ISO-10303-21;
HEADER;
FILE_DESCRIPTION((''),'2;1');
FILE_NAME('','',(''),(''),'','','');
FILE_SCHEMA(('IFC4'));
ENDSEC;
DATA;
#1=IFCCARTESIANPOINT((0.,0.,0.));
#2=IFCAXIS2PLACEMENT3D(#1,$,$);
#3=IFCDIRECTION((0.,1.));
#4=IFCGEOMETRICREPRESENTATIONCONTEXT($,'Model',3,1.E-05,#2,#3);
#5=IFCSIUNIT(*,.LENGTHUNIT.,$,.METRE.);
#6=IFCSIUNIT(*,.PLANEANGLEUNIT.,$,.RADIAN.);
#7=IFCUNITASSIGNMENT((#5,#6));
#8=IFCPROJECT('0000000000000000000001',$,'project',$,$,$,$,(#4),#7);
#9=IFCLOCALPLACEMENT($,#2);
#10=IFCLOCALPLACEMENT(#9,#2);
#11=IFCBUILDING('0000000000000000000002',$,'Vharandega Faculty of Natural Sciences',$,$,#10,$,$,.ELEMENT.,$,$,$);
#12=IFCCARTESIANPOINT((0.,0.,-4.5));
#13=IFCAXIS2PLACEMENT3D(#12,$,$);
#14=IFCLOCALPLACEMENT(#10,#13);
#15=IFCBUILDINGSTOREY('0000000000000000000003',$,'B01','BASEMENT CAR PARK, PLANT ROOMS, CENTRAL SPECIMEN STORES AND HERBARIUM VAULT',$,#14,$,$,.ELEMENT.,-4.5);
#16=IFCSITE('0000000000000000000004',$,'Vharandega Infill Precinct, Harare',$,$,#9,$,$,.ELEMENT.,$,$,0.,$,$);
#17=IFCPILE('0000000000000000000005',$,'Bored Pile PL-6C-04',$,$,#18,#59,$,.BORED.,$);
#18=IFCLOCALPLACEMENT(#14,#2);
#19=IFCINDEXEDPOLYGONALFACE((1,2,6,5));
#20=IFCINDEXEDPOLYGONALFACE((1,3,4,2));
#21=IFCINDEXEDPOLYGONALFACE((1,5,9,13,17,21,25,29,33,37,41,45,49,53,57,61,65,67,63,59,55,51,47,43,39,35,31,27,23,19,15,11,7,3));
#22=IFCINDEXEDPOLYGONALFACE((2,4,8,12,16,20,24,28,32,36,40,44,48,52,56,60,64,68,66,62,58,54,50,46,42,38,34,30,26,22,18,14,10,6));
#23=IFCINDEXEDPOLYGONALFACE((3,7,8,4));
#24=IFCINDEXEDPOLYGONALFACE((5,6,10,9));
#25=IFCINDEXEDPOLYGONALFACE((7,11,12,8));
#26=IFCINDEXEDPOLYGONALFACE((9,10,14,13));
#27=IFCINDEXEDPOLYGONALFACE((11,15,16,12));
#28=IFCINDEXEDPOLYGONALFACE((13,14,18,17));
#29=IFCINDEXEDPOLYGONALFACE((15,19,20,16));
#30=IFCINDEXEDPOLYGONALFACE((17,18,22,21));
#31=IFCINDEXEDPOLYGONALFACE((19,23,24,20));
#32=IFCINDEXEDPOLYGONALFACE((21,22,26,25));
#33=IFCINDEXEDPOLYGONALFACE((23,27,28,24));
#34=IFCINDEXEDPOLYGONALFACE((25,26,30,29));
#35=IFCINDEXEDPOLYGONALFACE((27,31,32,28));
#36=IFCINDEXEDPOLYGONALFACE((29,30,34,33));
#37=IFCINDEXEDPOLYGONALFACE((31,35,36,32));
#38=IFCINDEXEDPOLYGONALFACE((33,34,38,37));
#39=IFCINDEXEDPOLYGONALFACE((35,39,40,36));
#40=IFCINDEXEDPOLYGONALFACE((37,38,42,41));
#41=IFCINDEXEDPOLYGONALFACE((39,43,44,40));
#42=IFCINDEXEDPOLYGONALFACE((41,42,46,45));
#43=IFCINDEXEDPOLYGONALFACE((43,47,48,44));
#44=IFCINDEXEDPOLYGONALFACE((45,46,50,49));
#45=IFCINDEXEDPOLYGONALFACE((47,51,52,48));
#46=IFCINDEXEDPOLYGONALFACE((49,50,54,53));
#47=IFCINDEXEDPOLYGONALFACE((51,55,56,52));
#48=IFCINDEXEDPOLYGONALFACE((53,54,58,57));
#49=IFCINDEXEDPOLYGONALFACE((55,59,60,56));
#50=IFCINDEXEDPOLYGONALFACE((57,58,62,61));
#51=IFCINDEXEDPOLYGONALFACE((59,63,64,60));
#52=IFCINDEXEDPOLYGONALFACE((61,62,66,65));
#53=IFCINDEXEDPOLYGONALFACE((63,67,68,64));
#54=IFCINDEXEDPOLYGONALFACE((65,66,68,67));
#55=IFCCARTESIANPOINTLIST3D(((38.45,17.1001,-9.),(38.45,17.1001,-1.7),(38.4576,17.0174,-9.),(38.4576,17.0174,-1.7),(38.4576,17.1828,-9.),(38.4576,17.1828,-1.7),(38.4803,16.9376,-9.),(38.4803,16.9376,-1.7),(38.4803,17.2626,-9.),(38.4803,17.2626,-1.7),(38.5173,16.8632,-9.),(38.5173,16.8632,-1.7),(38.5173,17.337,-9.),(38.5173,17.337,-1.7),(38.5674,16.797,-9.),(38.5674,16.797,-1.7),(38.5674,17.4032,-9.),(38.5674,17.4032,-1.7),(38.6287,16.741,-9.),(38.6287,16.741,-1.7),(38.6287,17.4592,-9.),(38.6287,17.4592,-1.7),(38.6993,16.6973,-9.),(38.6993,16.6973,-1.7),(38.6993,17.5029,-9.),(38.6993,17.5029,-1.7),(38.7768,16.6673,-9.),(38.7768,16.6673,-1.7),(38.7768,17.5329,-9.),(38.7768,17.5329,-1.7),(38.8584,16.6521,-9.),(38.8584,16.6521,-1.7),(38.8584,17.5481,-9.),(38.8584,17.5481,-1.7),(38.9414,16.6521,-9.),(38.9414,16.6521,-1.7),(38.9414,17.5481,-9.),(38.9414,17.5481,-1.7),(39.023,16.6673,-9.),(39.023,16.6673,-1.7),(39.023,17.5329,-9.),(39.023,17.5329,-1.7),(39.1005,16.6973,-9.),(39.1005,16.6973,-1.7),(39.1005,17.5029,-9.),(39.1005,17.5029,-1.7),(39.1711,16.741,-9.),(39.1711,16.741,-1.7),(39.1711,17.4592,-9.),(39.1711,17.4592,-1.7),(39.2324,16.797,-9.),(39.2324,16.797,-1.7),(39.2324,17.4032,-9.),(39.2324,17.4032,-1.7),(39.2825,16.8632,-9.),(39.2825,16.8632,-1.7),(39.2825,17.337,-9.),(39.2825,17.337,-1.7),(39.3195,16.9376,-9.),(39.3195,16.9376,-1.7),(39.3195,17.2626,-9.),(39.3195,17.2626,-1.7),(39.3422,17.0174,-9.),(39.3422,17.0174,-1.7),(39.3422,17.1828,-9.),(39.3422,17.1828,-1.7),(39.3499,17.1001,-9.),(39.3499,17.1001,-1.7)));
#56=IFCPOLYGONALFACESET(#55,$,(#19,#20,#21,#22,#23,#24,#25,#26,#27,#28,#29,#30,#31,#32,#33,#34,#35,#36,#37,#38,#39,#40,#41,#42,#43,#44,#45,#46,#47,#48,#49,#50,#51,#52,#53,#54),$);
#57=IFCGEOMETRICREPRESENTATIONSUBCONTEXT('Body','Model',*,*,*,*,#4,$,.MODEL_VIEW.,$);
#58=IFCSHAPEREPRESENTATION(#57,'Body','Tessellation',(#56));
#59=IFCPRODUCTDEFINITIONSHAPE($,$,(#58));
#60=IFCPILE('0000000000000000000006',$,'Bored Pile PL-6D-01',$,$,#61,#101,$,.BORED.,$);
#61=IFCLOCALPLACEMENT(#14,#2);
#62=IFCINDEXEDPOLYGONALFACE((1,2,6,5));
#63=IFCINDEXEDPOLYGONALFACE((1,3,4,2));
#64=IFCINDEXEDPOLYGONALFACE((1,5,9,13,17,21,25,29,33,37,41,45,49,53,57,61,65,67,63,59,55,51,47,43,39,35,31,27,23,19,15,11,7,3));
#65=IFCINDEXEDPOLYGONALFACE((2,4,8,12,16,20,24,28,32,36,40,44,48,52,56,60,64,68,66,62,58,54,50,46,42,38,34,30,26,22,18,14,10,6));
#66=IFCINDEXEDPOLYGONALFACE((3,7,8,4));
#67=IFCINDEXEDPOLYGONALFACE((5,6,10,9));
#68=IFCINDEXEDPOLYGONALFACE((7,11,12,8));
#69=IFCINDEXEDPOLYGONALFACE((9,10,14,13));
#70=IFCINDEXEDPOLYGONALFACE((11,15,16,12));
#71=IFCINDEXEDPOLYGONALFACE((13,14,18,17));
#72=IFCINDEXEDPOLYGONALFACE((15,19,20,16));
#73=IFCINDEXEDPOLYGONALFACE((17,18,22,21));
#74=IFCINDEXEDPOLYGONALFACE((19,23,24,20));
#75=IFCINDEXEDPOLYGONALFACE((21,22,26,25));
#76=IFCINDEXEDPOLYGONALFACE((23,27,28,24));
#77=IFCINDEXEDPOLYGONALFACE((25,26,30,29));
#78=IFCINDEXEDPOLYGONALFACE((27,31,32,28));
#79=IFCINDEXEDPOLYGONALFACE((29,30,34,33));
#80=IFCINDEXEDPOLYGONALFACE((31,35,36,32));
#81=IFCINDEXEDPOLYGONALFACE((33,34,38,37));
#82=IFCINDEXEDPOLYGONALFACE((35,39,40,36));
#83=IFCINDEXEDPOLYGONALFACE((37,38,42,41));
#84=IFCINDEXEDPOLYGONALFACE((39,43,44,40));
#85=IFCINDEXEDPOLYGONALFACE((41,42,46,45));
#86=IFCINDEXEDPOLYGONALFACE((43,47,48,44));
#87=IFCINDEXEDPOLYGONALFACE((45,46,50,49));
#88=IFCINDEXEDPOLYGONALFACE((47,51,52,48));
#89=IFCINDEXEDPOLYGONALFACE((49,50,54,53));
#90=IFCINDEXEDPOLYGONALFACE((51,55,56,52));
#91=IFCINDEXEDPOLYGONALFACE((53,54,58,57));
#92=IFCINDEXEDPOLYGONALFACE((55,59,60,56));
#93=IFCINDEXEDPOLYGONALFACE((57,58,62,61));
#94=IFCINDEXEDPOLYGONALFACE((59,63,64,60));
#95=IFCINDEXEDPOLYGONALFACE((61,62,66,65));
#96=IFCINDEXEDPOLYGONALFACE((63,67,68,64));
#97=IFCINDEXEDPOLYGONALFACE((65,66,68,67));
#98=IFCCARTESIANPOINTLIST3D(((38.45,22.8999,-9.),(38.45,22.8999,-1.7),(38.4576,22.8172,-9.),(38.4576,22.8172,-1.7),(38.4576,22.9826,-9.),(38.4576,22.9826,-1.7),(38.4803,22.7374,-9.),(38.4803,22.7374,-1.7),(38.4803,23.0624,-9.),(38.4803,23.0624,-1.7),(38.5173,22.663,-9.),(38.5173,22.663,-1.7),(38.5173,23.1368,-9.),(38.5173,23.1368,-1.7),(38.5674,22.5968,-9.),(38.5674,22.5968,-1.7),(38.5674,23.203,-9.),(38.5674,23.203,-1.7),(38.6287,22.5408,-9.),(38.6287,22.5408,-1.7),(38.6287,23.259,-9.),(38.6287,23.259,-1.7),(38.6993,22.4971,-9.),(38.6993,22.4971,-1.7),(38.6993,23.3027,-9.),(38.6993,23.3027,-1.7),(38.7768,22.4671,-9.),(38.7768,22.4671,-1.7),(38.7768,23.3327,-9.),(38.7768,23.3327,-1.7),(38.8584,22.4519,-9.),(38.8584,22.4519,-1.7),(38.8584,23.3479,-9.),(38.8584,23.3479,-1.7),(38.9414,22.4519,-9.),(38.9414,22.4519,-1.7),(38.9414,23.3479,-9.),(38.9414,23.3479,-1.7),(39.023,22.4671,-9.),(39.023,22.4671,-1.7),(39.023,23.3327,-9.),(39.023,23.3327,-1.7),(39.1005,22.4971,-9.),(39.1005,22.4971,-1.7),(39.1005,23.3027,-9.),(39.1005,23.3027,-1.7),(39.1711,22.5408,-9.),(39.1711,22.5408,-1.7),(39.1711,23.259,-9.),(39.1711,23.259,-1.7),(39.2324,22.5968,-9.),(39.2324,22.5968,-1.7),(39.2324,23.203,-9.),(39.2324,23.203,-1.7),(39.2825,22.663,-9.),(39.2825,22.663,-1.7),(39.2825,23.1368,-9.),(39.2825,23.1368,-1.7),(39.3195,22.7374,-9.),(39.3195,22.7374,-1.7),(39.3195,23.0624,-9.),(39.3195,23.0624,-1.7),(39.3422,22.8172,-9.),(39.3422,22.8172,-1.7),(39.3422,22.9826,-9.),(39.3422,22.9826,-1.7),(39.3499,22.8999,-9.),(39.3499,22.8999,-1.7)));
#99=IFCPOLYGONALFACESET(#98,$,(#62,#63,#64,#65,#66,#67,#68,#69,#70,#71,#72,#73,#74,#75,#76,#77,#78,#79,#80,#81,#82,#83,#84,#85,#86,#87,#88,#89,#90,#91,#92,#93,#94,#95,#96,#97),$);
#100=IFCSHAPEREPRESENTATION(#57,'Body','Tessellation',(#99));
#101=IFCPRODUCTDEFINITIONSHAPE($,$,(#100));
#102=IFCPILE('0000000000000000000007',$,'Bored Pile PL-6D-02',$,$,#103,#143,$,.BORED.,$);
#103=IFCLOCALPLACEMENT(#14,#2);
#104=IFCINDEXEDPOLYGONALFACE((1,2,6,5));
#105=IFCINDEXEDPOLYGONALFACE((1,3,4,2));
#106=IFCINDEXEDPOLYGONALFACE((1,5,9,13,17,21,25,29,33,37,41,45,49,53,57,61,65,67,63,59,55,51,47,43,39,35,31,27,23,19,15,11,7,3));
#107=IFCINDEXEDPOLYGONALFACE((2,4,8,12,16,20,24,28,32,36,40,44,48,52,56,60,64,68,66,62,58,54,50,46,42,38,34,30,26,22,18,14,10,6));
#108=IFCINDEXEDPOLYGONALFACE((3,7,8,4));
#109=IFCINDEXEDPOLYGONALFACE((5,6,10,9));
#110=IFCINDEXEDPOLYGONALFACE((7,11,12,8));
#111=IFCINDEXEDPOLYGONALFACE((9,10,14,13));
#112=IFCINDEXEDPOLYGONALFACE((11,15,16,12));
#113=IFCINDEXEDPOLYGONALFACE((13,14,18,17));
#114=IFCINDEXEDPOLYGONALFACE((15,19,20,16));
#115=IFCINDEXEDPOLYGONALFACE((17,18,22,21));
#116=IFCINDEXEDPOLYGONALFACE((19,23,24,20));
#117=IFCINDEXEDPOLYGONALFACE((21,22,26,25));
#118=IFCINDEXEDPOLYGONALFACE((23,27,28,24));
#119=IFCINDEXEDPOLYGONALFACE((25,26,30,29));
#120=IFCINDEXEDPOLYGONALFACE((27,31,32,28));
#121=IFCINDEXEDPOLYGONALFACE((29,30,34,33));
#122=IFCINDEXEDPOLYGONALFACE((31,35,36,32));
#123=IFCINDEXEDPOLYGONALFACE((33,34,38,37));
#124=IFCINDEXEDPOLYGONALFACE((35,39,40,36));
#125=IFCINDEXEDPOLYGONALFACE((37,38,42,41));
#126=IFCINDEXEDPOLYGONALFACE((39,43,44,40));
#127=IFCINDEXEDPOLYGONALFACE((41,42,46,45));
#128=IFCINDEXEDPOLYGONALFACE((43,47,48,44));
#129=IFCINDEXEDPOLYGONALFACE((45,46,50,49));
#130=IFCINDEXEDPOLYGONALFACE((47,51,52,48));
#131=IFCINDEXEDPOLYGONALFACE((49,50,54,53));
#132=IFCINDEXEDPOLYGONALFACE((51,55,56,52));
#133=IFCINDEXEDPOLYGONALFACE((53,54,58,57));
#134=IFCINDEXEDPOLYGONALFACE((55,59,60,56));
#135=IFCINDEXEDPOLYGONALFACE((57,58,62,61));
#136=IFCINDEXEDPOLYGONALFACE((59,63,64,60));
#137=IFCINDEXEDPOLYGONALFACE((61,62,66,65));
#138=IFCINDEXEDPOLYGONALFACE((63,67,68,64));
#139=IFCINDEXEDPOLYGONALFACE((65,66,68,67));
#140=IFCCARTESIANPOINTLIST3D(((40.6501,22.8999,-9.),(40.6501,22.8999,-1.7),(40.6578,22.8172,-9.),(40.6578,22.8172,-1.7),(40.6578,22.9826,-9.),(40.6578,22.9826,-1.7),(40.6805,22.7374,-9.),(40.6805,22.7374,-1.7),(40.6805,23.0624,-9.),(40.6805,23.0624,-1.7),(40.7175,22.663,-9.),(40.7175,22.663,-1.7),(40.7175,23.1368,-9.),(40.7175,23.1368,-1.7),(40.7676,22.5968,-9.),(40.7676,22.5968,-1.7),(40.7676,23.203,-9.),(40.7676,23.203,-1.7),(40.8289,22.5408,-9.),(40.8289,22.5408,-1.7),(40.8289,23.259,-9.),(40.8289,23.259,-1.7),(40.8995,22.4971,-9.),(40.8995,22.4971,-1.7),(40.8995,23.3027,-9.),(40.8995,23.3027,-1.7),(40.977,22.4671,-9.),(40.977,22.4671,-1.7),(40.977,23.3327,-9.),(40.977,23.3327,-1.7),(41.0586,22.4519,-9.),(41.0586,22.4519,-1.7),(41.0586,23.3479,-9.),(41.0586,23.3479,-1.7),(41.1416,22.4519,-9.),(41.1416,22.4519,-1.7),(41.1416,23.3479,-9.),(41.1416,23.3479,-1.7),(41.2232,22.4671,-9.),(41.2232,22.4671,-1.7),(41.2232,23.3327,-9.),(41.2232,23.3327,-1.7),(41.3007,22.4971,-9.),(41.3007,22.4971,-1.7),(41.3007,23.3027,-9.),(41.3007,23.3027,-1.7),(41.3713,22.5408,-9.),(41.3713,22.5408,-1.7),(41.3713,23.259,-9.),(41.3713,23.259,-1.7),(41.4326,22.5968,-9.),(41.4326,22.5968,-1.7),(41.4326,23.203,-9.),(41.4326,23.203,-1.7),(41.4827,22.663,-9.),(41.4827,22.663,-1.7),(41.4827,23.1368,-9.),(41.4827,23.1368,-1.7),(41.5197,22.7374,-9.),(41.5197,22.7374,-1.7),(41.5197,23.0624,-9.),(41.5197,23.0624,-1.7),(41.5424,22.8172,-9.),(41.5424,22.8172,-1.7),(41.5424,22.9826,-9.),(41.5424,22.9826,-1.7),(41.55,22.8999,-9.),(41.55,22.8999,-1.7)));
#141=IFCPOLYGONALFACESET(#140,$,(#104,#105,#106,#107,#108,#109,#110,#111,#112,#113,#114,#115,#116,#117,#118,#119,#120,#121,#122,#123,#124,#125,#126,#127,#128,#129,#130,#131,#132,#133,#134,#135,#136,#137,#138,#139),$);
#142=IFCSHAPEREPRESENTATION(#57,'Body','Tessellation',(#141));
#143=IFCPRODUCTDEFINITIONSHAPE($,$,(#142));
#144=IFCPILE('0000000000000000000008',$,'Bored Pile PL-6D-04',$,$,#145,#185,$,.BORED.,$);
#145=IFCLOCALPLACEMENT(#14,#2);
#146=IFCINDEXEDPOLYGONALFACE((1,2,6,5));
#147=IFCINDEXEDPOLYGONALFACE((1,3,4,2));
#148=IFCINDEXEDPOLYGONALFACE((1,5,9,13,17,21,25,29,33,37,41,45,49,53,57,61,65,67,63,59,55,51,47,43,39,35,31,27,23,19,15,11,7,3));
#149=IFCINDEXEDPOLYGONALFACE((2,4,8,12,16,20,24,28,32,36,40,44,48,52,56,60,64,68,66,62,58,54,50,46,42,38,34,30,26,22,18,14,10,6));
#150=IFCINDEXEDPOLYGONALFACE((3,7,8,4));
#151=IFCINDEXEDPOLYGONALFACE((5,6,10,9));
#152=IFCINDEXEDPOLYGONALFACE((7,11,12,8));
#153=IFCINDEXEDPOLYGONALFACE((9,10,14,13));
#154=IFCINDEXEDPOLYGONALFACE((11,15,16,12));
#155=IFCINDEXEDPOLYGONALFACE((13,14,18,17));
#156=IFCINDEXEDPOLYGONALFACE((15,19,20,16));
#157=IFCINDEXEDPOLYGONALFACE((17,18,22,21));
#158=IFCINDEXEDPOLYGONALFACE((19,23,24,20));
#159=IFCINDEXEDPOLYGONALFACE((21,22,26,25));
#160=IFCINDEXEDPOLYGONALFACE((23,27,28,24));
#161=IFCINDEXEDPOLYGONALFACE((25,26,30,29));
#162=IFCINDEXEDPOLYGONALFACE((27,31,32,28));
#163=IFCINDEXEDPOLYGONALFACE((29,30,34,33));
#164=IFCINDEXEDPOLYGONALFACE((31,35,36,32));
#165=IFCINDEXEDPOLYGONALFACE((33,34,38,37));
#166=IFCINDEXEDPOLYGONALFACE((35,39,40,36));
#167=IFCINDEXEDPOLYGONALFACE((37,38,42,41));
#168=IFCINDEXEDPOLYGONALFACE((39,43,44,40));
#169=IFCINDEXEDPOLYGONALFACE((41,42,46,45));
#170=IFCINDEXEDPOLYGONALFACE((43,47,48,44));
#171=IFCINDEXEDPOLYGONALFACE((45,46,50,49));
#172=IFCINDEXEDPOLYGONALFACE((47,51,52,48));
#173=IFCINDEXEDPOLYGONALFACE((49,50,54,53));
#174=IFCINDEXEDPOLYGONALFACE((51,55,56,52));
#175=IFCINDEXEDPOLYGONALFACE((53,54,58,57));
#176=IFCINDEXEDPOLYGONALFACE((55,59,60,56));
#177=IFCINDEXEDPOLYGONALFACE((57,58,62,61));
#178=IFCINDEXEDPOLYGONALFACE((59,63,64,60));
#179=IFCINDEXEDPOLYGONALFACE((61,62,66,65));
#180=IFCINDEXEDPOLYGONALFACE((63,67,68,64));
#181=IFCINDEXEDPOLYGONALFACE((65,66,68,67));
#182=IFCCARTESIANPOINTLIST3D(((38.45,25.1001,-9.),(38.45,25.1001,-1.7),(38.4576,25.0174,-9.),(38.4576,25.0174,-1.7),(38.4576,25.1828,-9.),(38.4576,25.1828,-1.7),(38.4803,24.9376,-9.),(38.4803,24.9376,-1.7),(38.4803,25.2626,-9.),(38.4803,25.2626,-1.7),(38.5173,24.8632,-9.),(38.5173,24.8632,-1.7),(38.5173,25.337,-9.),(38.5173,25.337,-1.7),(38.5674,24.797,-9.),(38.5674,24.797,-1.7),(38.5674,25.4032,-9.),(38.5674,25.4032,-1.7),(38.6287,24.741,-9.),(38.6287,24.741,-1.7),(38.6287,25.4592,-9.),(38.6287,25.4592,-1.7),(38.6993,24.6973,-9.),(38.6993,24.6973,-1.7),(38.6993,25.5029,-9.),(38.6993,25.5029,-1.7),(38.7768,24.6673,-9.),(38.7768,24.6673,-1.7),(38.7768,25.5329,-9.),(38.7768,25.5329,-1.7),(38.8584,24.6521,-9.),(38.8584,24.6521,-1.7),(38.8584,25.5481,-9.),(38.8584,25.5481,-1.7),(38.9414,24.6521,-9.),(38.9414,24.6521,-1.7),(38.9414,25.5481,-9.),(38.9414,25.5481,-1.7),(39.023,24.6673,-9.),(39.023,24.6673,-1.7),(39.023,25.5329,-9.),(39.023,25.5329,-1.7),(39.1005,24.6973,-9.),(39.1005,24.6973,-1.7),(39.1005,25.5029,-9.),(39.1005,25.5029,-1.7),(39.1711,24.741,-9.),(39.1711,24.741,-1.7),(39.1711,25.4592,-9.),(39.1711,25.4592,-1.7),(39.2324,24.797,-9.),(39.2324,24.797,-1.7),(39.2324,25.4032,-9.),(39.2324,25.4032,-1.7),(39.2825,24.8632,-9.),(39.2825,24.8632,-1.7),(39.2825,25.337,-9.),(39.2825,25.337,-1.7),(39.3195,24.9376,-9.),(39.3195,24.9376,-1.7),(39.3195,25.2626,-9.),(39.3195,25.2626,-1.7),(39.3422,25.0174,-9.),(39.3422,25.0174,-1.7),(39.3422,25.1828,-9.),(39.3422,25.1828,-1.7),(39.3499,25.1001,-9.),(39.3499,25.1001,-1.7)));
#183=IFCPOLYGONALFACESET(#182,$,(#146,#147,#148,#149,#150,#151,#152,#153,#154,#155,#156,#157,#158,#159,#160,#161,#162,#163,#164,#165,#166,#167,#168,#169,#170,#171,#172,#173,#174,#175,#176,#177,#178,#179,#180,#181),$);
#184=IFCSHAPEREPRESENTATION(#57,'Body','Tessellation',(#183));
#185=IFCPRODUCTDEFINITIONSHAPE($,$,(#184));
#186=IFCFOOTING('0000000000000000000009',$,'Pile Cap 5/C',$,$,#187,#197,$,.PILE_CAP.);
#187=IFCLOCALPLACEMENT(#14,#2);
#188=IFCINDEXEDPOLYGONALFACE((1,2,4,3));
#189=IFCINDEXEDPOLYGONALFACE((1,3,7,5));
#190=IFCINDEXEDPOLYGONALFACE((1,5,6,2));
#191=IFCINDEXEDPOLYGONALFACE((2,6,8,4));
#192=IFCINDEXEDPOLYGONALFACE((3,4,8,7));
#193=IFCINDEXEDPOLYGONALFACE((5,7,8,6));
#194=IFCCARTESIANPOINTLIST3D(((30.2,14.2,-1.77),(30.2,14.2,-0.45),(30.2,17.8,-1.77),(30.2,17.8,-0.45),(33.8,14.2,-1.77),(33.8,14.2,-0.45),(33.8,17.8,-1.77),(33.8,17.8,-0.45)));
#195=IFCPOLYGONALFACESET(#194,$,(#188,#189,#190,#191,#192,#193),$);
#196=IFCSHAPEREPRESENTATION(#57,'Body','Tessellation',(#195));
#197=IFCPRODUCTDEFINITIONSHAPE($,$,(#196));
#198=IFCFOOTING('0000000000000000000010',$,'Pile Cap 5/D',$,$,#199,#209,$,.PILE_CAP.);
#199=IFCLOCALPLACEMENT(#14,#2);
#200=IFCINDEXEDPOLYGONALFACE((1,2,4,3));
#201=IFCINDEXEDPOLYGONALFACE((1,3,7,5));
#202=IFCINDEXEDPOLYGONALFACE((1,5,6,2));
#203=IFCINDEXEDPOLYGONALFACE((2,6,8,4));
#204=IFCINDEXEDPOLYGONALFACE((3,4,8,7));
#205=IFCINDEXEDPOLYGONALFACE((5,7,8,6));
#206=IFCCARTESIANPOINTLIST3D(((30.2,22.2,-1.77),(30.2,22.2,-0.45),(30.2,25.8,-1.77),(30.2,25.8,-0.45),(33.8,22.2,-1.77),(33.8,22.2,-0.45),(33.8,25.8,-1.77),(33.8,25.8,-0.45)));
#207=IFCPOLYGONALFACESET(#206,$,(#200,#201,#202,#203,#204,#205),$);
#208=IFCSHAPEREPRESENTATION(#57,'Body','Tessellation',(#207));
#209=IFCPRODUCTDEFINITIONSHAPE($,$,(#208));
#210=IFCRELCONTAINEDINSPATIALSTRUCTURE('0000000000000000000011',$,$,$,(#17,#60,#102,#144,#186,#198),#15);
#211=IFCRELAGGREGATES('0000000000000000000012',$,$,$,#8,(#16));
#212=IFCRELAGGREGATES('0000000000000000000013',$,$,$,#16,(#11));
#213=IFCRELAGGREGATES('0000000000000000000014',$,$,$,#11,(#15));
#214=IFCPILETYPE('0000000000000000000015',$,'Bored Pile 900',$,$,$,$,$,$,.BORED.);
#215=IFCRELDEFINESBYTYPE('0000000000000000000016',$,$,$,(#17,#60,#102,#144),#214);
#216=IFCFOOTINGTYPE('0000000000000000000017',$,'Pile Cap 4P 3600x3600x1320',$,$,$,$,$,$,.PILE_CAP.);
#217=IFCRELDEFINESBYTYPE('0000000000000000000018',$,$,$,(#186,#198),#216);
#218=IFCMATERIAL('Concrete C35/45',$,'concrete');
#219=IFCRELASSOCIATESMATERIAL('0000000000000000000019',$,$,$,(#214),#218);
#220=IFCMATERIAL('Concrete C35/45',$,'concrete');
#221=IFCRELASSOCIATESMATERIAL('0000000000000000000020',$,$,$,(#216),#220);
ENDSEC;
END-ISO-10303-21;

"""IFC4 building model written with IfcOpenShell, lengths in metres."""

from ifc_helpers import new_model, si_unit, direction, frame, origin, origin_2d, place, context, subcontext, project, spatial, rectangle, circle, extrude, material, material_profile, profile_set, type_object, element, save


model = new_model("IFC4")

# Units and contexts
model_context = context("Model", 3, precision=1e-05, world=origin(), true_north=direction((0.0, 1.0)))
body_context = subcontext(model_context, "Body", "Model", "MODEL_VIEW")
ifc_project = project(units=[si_unit("LENGTHUNIT", "METRE"), si_unit("PLANEANGLEUNIT", "RADIAN")], contexts=[model_context])

# Site, building, storey
site_placement = place(None, origin())
site = spatial("IfcSite", under=ifc_project, at=site_placement, Name="Vharandega Infill Precinct, Harare", CompositionType="ELEMENT", RefElevation=0.0)
building_placement = place(site_placement, origin())
building = spatial("IfcBuilding", under=site, at=building_placement, Name="Vharandega Faculty of Natural Sciences", CompositionType="ELEMENT")
storey_placement = place(building_placement, frame((0.0, 0.0, -4.5)))
storey = spatial("IfcBuildingStorey", under=building, at=storey_placement, Name="B01", Description="BASEMENT CAR PARK, PLANT ROOMS, CENTRAL SPECIMEN STORES AND HERBARIUM VAULT", CompositionType="ELEMENT", Elevation=-4.5)

# Piles
ifc_material_1 = material(Name="Concrete C35/45", Category="concrete")
ifc_material_profile_1 = material_profile(ifc_material_1, circle(Radius=0.45, at=origin_2d()), Name="PILE 900")
ifc_profile_set_1 = profile_set([ifc_material_profile_1], Name="Concrete C35/45")
pile_type_1 = type_object("IfcPileType", Name="Bored Pile 900", PredefinedType="BORED", material=ifc_profile_set_1)
for number, where, z_axis, x_axis, name in (
    (1, (38.8999, 17.1001, -1.7), (0.0, 0.0, -1.0), (1.0, 0.0, 0.0), "Bored Pile PL-6C-04"),
    (2, (38.8999, 22.8999, -1.7), (0.0, 0.0, -1.0), (1.0, 0.0, 0.0), "Bored Pile PL-6D-01"),
    (3, (41.1001, 22.8999, -1.7), (0.0, 0.0, -1.0), (1.0, 0.0, 0.0), "Bored Pile PL-6D-02"),
    (4, (38.8999, 25.1001, -1.7), (0.0, 0.0, -1.0), (1.0, 0.0, 0.0), "Bored Pile PL-6D-04"),
):
    element("IfcPile", number, at=place(storey_placement, frame(where, z_axis=z_axis, x_axis=x_axis)), inside=storey, type_object=pile_type_1, Name=name, PredefinedType="BORED", context=body_context, shape_type="SweptSolid", body=[
        extrude(circle(Radius=0.45, at=origin_2d()), origin(), (0.0, 0.0, 1.0), 7.3),
    ])

# Footings
ifc_material_2 = material(Name="Concrete C35/45", Category="concrete")
footing_type_1 = type_object("IfcFootingType", Name="Pile Cap 4P 3600x3600x1320", PredefinedType="PILE_CAP", material=ifc_material_2)
for number, where, z_axis, x_axis, name in (
    (5, (32.0, 16.0, -1.77), (0.0, 0.0, 1.0), (1.0, 0.0, 0.0), "Pile Cap 5/C"),
    (6, (32.0, 24.0, -1.77), (0.0, 0.0, 1.0), (1.0, 0.0, 0.0), "Pile Cap 5/D"),
):
    element("IfcFooting", number, at=place(storey_placement, frame(where, z_axis=z_axis, x_axis=x_axis)), inside=storey, type_object=footing_type_1, Name=name, PredefinedType="PILE_CAP", context=body_context, shape_type="SweptSolid", body=[
        extrude(rectangle(XDim=3.6001, YDim=3.6001, at=origin_2d()), origin(), (0.0, 0.0, 1.0), 1.3201),
    ])

save(model, "model.ifc")
